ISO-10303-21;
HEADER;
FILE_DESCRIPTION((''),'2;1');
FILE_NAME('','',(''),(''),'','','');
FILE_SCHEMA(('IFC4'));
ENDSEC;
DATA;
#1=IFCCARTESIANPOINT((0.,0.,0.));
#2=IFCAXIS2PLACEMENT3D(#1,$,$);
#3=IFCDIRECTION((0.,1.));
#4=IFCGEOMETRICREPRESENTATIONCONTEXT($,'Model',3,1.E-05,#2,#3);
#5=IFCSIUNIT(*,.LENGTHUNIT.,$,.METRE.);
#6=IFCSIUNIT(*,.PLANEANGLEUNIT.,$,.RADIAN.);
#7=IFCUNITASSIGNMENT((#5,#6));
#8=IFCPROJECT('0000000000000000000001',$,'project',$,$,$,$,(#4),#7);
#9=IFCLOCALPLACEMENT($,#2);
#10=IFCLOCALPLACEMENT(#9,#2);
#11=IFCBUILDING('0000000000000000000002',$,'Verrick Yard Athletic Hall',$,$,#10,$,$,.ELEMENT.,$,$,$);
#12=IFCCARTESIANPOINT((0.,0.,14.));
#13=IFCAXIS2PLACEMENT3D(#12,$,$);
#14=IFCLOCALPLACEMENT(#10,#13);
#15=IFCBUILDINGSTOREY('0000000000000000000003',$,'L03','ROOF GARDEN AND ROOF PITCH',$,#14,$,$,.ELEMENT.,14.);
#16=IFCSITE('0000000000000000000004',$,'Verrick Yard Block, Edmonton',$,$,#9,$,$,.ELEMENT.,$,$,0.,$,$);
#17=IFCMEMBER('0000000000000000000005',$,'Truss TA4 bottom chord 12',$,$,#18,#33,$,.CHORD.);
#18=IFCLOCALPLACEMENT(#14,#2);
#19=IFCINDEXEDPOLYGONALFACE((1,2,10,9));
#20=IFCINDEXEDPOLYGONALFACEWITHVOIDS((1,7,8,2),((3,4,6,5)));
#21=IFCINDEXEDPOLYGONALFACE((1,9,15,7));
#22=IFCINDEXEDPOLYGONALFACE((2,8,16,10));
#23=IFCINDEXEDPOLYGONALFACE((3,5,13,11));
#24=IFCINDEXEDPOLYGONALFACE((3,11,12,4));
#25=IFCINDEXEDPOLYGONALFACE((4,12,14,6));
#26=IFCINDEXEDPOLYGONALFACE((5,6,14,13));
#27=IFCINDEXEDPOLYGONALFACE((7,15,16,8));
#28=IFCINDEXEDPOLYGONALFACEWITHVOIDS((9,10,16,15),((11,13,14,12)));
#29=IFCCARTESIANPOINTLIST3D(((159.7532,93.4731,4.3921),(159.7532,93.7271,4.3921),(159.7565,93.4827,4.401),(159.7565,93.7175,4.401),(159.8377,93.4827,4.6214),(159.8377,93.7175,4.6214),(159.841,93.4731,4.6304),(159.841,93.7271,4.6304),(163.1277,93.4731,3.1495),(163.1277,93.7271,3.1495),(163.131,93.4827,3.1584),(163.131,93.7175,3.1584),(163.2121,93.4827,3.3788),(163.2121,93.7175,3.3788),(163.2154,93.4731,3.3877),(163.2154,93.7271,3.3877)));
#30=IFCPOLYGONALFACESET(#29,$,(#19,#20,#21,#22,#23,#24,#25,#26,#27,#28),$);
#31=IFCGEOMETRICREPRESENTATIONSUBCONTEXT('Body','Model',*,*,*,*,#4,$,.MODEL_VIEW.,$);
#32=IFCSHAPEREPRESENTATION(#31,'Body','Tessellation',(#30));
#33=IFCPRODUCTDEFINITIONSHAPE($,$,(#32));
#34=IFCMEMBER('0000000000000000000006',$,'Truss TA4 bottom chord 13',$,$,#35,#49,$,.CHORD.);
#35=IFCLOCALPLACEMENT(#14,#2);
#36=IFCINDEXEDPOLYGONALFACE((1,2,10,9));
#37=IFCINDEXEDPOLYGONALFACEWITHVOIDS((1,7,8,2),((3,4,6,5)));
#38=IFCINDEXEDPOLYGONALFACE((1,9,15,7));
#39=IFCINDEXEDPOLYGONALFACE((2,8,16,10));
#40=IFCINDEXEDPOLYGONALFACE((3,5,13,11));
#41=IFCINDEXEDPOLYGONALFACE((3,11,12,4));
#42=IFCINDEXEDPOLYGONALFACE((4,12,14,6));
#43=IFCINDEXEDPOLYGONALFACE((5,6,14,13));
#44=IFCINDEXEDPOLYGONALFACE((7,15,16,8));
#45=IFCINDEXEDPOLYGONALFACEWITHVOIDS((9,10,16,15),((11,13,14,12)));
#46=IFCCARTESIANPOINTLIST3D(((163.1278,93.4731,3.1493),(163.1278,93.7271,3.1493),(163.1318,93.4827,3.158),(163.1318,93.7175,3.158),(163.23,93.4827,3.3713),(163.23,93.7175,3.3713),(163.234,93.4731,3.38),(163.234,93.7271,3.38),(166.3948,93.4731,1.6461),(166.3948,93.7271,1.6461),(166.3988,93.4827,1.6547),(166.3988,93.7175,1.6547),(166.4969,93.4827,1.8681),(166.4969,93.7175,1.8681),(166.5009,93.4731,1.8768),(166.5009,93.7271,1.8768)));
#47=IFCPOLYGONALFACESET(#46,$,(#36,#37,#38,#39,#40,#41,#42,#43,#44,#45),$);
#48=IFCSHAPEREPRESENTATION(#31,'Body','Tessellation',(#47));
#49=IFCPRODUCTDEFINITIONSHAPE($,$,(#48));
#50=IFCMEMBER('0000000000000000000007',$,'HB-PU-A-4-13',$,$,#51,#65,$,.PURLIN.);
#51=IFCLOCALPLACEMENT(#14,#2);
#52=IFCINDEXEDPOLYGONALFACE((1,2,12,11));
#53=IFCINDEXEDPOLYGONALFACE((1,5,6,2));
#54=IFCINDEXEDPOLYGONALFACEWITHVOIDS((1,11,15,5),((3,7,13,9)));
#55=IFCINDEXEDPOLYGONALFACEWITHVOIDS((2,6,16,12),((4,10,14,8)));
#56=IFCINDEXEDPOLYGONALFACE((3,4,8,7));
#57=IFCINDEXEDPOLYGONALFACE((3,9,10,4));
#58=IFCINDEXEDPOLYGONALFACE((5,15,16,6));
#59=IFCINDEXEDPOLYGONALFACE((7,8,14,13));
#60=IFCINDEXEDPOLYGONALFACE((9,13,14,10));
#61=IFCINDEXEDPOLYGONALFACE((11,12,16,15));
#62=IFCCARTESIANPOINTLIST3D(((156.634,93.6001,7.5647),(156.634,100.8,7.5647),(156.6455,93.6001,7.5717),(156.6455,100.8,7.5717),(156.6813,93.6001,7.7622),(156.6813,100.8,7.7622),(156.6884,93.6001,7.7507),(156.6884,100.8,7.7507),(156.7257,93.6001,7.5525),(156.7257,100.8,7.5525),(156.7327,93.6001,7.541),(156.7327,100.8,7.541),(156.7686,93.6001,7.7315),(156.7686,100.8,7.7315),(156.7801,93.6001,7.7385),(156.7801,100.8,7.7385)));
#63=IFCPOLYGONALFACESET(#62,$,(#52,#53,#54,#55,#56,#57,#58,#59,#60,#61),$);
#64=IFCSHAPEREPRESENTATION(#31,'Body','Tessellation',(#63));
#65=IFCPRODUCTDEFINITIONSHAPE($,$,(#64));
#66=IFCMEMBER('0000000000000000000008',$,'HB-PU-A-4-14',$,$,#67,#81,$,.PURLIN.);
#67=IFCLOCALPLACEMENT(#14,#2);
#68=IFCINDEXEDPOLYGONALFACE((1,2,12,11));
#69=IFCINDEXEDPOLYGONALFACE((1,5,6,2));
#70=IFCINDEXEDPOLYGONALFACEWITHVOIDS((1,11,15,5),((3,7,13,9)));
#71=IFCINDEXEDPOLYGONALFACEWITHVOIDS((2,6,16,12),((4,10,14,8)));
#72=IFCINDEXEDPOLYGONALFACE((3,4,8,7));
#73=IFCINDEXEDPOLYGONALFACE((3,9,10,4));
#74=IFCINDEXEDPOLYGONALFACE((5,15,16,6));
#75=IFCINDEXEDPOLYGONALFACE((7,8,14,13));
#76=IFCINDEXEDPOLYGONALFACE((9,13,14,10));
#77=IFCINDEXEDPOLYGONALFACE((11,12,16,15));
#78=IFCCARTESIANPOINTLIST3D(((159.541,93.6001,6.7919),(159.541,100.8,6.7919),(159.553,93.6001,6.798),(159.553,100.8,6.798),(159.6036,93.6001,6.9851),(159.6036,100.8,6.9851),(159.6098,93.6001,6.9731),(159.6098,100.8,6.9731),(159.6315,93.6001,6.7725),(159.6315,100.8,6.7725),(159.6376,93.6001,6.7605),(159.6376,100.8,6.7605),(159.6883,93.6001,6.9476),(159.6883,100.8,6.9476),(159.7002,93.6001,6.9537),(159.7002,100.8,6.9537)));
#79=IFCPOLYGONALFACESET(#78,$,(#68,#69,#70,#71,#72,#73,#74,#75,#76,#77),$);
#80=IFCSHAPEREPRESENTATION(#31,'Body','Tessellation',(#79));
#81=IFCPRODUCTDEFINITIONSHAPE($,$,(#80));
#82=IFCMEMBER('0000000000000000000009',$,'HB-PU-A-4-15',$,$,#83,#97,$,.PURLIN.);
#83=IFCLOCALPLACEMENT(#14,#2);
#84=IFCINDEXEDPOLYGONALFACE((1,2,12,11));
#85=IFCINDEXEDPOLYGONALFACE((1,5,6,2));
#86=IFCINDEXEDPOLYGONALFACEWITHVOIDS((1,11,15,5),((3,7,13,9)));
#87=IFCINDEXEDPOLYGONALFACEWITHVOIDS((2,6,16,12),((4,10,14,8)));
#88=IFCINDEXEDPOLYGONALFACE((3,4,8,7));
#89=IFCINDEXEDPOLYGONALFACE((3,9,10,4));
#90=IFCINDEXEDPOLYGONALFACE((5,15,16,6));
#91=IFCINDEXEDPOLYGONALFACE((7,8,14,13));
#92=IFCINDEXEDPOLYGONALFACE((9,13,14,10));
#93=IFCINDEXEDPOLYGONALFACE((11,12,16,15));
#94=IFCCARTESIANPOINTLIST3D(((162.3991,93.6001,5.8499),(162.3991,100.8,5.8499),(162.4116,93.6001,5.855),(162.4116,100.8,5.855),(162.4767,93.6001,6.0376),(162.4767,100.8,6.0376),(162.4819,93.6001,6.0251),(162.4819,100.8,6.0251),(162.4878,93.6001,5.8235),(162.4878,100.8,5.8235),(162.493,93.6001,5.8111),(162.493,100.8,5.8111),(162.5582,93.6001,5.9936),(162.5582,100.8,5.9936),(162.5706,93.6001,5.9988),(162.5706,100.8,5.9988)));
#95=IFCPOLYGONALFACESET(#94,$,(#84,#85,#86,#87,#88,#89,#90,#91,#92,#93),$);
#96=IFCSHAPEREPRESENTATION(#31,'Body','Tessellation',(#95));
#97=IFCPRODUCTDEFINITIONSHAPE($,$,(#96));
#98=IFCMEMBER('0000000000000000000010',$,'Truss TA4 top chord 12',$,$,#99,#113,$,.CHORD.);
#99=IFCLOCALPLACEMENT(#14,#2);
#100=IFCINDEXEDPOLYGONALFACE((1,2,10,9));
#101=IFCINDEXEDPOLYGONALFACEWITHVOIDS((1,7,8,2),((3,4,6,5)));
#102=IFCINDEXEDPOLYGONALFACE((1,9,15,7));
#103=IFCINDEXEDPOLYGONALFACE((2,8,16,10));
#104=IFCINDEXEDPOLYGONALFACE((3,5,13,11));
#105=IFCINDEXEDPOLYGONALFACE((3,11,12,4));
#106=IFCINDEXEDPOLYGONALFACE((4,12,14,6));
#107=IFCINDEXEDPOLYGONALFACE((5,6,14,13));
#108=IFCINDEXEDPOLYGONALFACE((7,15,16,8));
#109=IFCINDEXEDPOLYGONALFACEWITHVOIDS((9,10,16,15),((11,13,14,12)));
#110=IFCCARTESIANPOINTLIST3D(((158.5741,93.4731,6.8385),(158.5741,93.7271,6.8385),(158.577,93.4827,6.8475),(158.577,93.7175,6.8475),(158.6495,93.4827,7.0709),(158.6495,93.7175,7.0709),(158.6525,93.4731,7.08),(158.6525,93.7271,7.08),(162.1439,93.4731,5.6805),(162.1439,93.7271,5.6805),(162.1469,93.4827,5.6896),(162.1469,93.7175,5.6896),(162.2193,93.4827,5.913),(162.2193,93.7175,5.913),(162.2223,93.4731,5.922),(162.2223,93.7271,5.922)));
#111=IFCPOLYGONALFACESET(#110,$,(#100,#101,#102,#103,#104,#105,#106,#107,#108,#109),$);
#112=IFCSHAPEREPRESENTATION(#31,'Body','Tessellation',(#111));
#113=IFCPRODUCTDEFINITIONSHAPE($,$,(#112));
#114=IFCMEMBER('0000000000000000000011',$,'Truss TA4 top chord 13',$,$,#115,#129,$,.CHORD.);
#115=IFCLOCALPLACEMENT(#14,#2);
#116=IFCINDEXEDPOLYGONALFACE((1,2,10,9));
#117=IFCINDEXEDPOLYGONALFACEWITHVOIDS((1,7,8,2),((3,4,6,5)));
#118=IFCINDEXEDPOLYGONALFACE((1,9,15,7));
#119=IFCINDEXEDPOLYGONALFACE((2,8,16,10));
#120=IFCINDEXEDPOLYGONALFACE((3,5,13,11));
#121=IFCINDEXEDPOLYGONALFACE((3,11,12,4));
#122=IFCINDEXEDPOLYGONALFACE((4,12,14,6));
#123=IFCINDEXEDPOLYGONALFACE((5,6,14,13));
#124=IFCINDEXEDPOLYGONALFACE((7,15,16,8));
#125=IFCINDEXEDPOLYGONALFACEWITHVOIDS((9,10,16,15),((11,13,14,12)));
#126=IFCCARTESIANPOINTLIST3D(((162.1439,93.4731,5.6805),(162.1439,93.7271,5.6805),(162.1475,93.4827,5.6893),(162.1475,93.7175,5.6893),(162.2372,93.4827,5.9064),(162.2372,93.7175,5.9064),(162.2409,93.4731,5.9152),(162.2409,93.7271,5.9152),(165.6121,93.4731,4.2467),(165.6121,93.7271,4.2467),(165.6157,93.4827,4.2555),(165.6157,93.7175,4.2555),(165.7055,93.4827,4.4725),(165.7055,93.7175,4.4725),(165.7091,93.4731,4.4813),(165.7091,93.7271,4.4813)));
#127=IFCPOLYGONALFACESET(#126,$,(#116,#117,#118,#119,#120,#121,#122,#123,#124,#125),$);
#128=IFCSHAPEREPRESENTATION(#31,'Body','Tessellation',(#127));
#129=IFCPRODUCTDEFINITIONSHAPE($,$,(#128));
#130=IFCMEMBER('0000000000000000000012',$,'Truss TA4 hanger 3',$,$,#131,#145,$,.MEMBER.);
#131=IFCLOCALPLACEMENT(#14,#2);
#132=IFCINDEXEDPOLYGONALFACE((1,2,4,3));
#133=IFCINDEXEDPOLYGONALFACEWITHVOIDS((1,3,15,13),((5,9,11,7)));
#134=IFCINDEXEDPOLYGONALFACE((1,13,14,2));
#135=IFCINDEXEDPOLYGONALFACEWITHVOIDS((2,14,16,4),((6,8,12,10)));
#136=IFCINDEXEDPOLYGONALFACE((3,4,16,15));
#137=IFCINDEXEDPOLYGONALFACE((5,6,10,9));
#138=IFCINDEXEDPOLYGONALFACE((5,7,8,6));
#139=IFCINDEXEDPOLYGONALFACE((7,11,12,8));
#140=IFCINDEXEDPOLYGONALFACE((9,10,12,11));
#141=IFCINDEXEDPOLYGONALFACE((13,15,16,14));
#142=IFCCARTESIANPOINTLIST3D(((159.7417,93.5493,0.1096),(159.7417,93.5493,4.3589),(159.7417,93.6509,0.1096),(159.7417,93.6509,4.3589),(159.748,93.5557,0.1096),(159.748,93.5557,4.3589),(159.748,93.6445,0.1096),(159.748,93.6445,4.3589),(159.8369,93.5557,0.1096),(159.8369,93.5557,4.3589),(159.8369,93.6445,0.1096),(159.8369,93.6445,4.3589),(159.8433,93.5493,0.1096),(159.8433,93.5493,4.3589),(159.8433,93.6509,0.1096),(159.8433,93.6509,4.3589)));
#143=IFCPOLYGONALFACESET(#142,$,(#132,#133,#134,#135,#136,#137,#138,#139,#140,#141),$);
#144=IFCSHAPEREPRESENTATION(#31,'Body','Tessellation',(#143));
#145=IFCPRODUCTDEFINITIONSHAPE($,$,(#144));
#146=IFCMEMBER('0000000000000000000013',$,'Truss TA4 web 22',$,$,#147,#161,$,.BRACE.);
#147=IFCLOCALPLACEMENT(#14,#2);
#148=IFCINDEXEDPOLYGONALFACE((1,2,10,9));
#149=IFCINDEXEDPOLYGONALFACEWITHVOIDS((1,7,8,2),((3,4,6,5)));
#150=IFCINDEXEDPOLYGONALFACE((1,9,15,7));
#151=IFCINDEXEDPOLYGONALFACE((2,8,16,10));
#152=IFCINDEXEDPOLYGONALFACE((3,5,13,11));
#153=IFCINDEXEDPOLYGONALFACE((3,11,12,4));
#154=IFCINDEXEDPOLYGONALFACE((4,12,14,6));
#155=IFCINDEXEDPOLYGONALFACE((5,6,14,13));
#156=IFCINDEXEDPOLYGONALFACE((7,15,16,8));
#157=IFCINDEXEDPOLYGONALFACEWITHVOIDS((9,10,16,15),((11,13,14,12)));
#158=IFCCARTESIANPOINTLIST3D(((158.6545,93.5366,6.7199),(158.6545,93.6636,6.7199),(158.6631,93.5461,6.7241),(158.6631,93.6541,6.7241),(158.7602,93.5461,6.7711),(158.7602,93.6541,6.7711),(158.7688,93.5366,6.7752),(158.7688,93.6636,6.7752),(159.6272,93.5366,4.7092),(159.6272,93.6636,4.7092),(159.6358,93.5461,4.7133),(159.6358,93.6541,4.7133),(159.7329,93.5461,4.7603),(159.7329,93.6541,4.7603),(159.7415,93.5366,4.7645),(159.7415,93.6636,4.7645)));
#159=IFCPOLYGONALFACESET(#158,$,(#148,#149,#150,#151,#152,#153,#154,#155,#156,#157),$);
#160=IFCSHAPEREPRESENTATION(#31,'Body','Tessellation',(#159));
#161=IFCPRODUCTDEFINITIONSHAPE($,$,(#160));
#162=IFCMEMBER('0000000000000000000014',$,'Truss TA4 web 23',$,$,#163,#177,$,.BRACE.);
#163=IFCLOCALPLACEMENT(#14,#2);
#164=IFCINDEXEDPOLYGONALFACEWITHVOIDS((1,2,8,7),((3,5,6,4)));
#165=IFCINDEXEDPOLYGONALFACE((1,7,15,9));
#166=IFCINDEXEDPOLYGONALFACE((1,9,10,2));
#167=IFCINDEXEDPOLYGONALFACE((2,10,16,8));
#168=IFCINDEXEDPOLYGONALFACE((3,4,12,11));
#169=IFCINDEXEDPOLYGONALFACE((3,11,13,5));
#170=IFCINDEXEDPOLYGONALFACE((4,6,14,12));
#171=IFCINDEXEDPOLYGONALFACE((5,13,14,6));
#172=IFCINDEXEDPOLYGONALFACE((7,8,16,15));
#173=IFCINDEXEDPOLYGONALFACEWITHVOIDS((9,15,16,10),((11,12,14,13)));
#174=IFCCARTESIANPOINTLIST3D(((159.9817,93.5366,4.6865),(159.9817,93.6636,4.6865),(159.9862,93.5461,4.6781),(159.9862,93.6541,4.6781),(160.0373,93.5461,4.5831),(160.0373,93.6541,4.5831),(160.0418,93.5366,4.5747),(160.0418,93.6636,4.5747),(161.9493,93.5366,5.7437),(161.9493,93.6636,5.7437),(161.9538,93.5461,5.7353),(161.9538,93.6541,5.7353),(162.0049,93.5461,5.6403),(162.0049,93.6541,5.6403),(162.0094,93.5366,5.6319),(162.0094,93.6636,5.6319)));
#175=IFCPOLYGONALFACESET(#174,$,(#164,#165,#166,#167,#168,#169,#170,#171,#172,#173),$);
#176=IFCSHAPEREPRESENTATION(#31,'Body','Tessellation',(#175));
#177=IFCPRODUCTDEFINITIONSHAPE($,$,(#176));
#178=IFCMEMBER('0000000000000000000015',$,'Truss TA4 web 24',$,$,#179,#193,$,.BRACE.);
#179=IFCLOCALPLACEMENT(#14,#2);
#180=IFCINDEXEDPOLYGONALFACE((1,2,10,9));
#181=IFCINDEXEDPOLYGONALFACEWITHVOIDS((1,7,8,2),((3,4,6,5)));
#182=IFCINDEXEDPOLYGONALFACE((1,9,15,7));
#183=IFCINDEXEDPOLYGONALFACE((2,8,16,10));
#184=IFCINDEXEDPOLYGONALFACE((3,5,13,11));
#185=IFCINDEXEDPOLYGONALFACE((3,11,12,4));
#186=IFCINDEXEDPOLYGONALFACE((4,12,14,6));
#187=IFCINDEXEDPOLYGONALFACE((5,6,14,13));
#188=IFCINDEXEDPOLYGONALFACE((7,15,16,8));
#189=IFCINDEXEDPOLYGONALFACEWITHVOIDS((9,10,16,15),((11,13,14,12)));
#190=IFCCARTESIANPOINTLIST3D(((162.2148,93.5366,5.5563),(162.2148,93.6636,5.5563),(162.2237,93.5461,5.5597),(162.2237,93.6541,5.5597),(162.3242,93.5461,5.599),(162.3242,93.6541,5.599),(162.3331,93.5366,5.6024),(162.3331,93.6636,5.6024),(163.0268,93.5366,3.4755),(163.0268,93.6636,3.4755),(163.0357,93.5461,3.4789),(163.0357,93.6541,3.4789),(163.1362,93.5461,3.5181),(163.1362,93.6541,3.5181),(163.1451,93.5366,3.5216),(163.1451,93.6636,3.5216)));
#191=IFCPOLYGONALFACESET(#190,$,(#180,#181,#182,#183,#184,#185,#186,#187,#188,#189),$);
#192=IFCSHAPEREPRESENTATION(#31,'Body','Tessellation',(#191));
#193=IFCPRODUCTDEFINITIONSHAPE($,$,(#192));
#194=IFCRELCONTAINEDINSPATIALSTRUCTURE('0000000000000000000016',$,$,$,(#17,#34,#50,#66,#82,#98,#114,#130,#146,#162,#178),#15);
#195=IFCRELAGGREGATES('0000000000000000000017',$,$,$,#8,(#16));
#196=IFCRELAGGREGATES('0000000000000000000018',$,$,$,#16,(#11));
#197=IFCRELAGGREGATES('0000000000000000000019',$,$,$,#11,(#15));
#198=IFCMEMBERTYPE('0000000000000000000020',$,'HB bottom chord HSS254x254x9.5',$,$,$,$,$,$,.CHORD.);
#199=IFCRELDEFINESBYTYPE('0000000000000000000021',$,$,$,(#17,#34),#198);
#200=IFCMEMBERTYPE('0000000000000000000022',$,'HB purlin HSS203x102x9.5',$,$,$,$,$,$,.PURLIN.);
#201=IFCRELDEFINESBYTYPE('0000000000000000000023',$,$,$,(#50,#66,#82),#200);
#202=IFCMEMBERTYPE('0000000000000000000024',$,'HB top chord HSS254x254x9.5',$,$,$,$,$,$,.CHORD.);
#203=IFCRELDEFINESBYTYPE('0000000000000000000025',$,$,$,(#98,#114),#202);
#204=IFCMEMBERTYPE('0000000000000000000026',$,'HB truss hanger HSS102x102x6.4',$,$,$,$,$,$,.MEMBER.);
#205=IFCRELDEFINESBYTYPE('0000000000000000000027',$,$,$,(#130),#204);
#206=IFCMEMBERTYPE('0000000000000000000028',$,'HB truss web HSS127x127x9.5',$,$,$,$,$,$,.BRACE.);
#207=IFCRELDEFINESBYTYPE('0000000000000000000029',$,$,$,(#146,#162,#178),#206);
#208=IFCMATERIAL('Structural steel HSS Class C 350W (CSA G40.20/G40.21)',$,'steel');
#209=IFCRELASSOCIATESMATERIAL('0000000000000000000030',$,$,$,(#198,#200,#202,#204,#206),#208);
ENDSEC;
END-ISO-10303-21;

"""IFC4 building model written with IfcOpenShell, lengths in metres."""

from ifc_helpers import new_model, si_unit, direction, frame, origin, origin_2d, place, context, subcontext, project, spatial, hollow_rectangle, extrude, material, material_profile, profile_set, type_object, element, save


model = new_model("IFC4")

# Units and contexts
model_context = context("Model", 3, precision=1e-05, world=origin(), true_north=direction((0.0, 1.0)))
body_context = subcontext(model_context, "Body", "Model", "MODEL_VIEW")
ifc_project = project(units=[si_unit("LENGTHUNIT", "METRE"), si_unit("PLANEANGLEUNIT", "RADIAN")], contexts=[model_context])

# Site, building, storey
site_placement = place(None, origin())
site = spatial("IfcSite", under=ifc_project, at=site_placement, Name="Verrick Yard Block, Edmonton", CompositionType="ELEMENT", RefElevation=0.0)
building_placement = place(site_placement, origin())
building = spatial("IfcBuilding", under=site, at=building_placement, Name="Verrick Yard Athletic Hall", CompositionType="ELEMENT")
storey_placement = place(building_placement, frame((0.0, 0.0, 14.0)))
storey = spatial("IfcBuildingStorey", under=building, at=storey_placement, Name="L03", Description="ROOF GARDEN AND ROOF PITCH", CompositionType="ELEMENT", Elevation=14.0)

# Members
ifc_material_1 = material(Name="Structural steel HSS Class C 350W (CSA G40.20/G40.21)", Category="steel")
ifc_material_profile_1 = material_profile(ifc_material_1, hollow_rectangle(XDim=0.2539, YDim=0.2539, WallThickness=0.0095, at=origin_2d()), Name="HSS254x254x9.5")
ifc_profile_set_1 = profile_set([ifc_material_profile_1], Name="Structural steel HSS Class C 350W (CSA G40.20/G40.21)")
member_type_1 = type_object("IfcMemberType", Name="HB bottom chord HSS254x254x9.5", PredefinedType="CHORD", material=ifc_profile_set_1)
member_1_placement = place(storey_placement, frame((159.7971, 93.6001, 4.5112), z_axis=(0.938394, 0.0, -0.345567), x_axis=(0.0, 1.0, 0.0)))
element("IfcMember", 1, at=member_1_placement, inside=storey, type_object=member_type_1, Name="Truss TA4 bottom chord 12", PredefinedType="CHORD", context=body_context, shape_type="SweptSolid", body=[
    extrude(hollow_rectangle(XDim=0.2539, YDim=0.2539, WallThickness=0.0095, at=origin_2d()), origin(), (0.0, 0.0, 1.0), 3.5959),
])
member_2_placement = place(storey_placement, frame((163.1809, 93.6001, 3.2646), z_axis=(0.908446, 0.0, -0.418003), x_axis=(0.0, 1.0, 0.0)))
element("IfcMember", 2, at=member_2_placement, inside=storey, type_object=member_type_1, Name="Truss TA4 bottom chord 13", PredefinedType="CHORD", context=body_context, shape_type="SweptSolid", body=[
    extrude(hollow_rectangle(XDim=0.2539, YDim=0.2539, WallThickness=0.0095, at=origin_2d()), origin(), (0.0, 0.0, 1.0), 3.5962),
])
ifc_material_profile_2 = material_profile(ifc_material_1, hollow_rectangle(XDim=0.1016, YDim=0.2031, WallThickness=0.0095, at=origin_2d()), Name="HSS203x102x9.5")
ifc_profile_set_2 = profile_set([ifc_material_profile_2], Name="Structural steel HSS Class C 350W (CSA G40.20/G40.21)")
member_type_2 = type_object("IfcMemberType", Name="HB purlin HSS203x102x9.5", PredefinedType="PURLIN", material=ifc_profile_set_2)
for number, where, z_axis, x_axis, name in (
    (3, (156.707, 93.6001, 7.6516), (0.0, 1.0, 0.0), (-0.972459, 0.0, 0.233074), "HB-PU-A-4-13"),
    (4, (159.6206, 93.6001, 6.8728), (0.0, 1.0, 0.0), (-0.951214, 0.0, 0.308533), "HB-PU-A-4-14"),
    (5, (162.4849, 93.6001, 5.9243), (0.0, 1.0, 0.0), (-0.924123, 0.0, 0.382096), "HB-PU-A-4-15"),
):
    element("IfcMember", number, at=place(storey_placement, frame(where, z_axis=z_axis, x_axis=x_axis)), inside=storey, type_object=member_type_2, Name=name, PredefinedType="PURLIN", context=body_context, shape_type="SweptSolid", body=[
        extrude(hollow_rectangle(XDim=0.1016, YDim=0.2031, WallThickness=0.0095, at=origin_2d()), origin(), (0.0, 0.0, 1.0), 7.2),
    ])
ifc_material_profile_3 = material_profile(ifc_material_1, hollow_rectangle(XDim=0.2539, YDim=0.2539, WallThickness=0.0095, at=origin_2d()), Name="HSS254x254x9.5")
ifc_profile_set_3 = profile_set([ifc_material_profile_3], Name="Structural steel HSS Class C 350W (CSA G40.20/G40.21)")
member_type_3 = type_object("IfcMemberType", Name="HB top chord HSS254x254x9.5", PredefinedType="CHORD", material=ifc_profile_set_3)
for number, where, z_axis, x_axis, name in (
    (6, (158.6133, 93.6001, 6.9592), (0.951209, 0.0, -0.308548), (0.0, 1.0, 0.0), "Truss TA4 top chord 12"),
    (7, (162.1924, 93.6001, 5.7979), (0.92414, 0.0, -0.382055), (0.0, 1.0, 0.0), "Truss TA4 top chord 13"),
):
    element("IfcMember", number, at=place(storey_placement, frame(where, z_axis=z_axis, x_axis=x_axis)), inside=storey, type_object=member_type_3, Name=name, PredefinedType="CHORD", context=body_context, shape_type="SweptSolid", body=[
        extrude(hollow_rectangle(XDim=0.2539, YDim=0.2539, WallThickness=0.0095, at=origin_2d()), origin(), (0.0, 0.0, 1.0), 3.7529),
    ])
ifc_material_profile_4 = material_profile(ifc_material_1, hollow_rectangle(XDim=0.1016, YDim=0.1016, WallThickness=0.0063, at=origin_2d()), Name="HSS102x102x6.4")
ifc_profile_set_4 = profile_set([ifc_material_profile_4], Name="Structural steel HSS Class C 350W (CSA G40.20/G40.21)")
member_type_4 = type_object("IfcMemberType", Name="HB truss hanger HSS102x102x6.4", PredefinedType="MEMBER", material=ifc_profile_set_4)
member_3_placement = place(storey_placement, frame((159.7925, 93.6001, 4.3589), z_axis=(0.0, 0.0, -1.0), x_axis=(0.0, -1.0, 0.0)))
element("IfcMember", 8, at=member_3_placement, inside=storey, type_object=member_type_4, Name="Truss TA4 hanger 3", PredefinedType="MEMBER", context=body_context, shape_type="SweptSolid", body=[
    extrude(hollow_rectangle(XDim=0.1016, YDim=0.1016, WallThickness=0.0063, at=origin_2d()), origin(), (0.0, 0.0, 1.0), 4.2493),
])
ifc_material_profile_5 = material_profile(ifc_material_1, hollow_rectangle(XDim=0.127, YDim=0.127, WallThickness=0.0095, at=origin_2d()), Name="HSS127x127x9.5")
ifc_profile_set_5 = profile_set([ifc_material_profile_5], Name="Structural steel HSS Class C 350W (CSA G40.20/G40.21)")
member_type_5 = type_object("IfcMemberType", Name="HB truss web HSS127x127x9.5", PredefinedType="BRACE", material=ifc_profile_set_5)
for number, where, z_axis, x_axis, name in (
    (9, (158.7117, 93.6001, 6.7476), (0.435458, 0.0, -0.900209), (0.0, 1.0, 0.0), "Truss TA4 web 22"),
    (10, (160.0117, 93.6001, 4.6306), (0.880902, 0.0, 0.473298), (0.0, 1.0, 0.0), "Truss TA4 web 23"),
    (11, (162.2739, 93.6001, 5.5793), (0.363538, 0.0, -0.931579), (0.0, 1.0, 0.0), "Truss TA4 web 24"),
):
    element("IfcMember", number, at=place(storey_placement, frame(where, z_axis=z_axis, x_axis=x_axis)), inside=storey, type_object=member_type_5, Name=name, PredefinedType="BRACE", context=body_context, shape_type="SweptSolid", body=[
        extrude(hollow_rectangle(XDim=0.127, YDim=0.127, WallThickness=0.0095, at=origin_2d()), origin(), (0.0, 0.0, 1.0), 2.2336),
    ])

save(model, "model.ifc")
